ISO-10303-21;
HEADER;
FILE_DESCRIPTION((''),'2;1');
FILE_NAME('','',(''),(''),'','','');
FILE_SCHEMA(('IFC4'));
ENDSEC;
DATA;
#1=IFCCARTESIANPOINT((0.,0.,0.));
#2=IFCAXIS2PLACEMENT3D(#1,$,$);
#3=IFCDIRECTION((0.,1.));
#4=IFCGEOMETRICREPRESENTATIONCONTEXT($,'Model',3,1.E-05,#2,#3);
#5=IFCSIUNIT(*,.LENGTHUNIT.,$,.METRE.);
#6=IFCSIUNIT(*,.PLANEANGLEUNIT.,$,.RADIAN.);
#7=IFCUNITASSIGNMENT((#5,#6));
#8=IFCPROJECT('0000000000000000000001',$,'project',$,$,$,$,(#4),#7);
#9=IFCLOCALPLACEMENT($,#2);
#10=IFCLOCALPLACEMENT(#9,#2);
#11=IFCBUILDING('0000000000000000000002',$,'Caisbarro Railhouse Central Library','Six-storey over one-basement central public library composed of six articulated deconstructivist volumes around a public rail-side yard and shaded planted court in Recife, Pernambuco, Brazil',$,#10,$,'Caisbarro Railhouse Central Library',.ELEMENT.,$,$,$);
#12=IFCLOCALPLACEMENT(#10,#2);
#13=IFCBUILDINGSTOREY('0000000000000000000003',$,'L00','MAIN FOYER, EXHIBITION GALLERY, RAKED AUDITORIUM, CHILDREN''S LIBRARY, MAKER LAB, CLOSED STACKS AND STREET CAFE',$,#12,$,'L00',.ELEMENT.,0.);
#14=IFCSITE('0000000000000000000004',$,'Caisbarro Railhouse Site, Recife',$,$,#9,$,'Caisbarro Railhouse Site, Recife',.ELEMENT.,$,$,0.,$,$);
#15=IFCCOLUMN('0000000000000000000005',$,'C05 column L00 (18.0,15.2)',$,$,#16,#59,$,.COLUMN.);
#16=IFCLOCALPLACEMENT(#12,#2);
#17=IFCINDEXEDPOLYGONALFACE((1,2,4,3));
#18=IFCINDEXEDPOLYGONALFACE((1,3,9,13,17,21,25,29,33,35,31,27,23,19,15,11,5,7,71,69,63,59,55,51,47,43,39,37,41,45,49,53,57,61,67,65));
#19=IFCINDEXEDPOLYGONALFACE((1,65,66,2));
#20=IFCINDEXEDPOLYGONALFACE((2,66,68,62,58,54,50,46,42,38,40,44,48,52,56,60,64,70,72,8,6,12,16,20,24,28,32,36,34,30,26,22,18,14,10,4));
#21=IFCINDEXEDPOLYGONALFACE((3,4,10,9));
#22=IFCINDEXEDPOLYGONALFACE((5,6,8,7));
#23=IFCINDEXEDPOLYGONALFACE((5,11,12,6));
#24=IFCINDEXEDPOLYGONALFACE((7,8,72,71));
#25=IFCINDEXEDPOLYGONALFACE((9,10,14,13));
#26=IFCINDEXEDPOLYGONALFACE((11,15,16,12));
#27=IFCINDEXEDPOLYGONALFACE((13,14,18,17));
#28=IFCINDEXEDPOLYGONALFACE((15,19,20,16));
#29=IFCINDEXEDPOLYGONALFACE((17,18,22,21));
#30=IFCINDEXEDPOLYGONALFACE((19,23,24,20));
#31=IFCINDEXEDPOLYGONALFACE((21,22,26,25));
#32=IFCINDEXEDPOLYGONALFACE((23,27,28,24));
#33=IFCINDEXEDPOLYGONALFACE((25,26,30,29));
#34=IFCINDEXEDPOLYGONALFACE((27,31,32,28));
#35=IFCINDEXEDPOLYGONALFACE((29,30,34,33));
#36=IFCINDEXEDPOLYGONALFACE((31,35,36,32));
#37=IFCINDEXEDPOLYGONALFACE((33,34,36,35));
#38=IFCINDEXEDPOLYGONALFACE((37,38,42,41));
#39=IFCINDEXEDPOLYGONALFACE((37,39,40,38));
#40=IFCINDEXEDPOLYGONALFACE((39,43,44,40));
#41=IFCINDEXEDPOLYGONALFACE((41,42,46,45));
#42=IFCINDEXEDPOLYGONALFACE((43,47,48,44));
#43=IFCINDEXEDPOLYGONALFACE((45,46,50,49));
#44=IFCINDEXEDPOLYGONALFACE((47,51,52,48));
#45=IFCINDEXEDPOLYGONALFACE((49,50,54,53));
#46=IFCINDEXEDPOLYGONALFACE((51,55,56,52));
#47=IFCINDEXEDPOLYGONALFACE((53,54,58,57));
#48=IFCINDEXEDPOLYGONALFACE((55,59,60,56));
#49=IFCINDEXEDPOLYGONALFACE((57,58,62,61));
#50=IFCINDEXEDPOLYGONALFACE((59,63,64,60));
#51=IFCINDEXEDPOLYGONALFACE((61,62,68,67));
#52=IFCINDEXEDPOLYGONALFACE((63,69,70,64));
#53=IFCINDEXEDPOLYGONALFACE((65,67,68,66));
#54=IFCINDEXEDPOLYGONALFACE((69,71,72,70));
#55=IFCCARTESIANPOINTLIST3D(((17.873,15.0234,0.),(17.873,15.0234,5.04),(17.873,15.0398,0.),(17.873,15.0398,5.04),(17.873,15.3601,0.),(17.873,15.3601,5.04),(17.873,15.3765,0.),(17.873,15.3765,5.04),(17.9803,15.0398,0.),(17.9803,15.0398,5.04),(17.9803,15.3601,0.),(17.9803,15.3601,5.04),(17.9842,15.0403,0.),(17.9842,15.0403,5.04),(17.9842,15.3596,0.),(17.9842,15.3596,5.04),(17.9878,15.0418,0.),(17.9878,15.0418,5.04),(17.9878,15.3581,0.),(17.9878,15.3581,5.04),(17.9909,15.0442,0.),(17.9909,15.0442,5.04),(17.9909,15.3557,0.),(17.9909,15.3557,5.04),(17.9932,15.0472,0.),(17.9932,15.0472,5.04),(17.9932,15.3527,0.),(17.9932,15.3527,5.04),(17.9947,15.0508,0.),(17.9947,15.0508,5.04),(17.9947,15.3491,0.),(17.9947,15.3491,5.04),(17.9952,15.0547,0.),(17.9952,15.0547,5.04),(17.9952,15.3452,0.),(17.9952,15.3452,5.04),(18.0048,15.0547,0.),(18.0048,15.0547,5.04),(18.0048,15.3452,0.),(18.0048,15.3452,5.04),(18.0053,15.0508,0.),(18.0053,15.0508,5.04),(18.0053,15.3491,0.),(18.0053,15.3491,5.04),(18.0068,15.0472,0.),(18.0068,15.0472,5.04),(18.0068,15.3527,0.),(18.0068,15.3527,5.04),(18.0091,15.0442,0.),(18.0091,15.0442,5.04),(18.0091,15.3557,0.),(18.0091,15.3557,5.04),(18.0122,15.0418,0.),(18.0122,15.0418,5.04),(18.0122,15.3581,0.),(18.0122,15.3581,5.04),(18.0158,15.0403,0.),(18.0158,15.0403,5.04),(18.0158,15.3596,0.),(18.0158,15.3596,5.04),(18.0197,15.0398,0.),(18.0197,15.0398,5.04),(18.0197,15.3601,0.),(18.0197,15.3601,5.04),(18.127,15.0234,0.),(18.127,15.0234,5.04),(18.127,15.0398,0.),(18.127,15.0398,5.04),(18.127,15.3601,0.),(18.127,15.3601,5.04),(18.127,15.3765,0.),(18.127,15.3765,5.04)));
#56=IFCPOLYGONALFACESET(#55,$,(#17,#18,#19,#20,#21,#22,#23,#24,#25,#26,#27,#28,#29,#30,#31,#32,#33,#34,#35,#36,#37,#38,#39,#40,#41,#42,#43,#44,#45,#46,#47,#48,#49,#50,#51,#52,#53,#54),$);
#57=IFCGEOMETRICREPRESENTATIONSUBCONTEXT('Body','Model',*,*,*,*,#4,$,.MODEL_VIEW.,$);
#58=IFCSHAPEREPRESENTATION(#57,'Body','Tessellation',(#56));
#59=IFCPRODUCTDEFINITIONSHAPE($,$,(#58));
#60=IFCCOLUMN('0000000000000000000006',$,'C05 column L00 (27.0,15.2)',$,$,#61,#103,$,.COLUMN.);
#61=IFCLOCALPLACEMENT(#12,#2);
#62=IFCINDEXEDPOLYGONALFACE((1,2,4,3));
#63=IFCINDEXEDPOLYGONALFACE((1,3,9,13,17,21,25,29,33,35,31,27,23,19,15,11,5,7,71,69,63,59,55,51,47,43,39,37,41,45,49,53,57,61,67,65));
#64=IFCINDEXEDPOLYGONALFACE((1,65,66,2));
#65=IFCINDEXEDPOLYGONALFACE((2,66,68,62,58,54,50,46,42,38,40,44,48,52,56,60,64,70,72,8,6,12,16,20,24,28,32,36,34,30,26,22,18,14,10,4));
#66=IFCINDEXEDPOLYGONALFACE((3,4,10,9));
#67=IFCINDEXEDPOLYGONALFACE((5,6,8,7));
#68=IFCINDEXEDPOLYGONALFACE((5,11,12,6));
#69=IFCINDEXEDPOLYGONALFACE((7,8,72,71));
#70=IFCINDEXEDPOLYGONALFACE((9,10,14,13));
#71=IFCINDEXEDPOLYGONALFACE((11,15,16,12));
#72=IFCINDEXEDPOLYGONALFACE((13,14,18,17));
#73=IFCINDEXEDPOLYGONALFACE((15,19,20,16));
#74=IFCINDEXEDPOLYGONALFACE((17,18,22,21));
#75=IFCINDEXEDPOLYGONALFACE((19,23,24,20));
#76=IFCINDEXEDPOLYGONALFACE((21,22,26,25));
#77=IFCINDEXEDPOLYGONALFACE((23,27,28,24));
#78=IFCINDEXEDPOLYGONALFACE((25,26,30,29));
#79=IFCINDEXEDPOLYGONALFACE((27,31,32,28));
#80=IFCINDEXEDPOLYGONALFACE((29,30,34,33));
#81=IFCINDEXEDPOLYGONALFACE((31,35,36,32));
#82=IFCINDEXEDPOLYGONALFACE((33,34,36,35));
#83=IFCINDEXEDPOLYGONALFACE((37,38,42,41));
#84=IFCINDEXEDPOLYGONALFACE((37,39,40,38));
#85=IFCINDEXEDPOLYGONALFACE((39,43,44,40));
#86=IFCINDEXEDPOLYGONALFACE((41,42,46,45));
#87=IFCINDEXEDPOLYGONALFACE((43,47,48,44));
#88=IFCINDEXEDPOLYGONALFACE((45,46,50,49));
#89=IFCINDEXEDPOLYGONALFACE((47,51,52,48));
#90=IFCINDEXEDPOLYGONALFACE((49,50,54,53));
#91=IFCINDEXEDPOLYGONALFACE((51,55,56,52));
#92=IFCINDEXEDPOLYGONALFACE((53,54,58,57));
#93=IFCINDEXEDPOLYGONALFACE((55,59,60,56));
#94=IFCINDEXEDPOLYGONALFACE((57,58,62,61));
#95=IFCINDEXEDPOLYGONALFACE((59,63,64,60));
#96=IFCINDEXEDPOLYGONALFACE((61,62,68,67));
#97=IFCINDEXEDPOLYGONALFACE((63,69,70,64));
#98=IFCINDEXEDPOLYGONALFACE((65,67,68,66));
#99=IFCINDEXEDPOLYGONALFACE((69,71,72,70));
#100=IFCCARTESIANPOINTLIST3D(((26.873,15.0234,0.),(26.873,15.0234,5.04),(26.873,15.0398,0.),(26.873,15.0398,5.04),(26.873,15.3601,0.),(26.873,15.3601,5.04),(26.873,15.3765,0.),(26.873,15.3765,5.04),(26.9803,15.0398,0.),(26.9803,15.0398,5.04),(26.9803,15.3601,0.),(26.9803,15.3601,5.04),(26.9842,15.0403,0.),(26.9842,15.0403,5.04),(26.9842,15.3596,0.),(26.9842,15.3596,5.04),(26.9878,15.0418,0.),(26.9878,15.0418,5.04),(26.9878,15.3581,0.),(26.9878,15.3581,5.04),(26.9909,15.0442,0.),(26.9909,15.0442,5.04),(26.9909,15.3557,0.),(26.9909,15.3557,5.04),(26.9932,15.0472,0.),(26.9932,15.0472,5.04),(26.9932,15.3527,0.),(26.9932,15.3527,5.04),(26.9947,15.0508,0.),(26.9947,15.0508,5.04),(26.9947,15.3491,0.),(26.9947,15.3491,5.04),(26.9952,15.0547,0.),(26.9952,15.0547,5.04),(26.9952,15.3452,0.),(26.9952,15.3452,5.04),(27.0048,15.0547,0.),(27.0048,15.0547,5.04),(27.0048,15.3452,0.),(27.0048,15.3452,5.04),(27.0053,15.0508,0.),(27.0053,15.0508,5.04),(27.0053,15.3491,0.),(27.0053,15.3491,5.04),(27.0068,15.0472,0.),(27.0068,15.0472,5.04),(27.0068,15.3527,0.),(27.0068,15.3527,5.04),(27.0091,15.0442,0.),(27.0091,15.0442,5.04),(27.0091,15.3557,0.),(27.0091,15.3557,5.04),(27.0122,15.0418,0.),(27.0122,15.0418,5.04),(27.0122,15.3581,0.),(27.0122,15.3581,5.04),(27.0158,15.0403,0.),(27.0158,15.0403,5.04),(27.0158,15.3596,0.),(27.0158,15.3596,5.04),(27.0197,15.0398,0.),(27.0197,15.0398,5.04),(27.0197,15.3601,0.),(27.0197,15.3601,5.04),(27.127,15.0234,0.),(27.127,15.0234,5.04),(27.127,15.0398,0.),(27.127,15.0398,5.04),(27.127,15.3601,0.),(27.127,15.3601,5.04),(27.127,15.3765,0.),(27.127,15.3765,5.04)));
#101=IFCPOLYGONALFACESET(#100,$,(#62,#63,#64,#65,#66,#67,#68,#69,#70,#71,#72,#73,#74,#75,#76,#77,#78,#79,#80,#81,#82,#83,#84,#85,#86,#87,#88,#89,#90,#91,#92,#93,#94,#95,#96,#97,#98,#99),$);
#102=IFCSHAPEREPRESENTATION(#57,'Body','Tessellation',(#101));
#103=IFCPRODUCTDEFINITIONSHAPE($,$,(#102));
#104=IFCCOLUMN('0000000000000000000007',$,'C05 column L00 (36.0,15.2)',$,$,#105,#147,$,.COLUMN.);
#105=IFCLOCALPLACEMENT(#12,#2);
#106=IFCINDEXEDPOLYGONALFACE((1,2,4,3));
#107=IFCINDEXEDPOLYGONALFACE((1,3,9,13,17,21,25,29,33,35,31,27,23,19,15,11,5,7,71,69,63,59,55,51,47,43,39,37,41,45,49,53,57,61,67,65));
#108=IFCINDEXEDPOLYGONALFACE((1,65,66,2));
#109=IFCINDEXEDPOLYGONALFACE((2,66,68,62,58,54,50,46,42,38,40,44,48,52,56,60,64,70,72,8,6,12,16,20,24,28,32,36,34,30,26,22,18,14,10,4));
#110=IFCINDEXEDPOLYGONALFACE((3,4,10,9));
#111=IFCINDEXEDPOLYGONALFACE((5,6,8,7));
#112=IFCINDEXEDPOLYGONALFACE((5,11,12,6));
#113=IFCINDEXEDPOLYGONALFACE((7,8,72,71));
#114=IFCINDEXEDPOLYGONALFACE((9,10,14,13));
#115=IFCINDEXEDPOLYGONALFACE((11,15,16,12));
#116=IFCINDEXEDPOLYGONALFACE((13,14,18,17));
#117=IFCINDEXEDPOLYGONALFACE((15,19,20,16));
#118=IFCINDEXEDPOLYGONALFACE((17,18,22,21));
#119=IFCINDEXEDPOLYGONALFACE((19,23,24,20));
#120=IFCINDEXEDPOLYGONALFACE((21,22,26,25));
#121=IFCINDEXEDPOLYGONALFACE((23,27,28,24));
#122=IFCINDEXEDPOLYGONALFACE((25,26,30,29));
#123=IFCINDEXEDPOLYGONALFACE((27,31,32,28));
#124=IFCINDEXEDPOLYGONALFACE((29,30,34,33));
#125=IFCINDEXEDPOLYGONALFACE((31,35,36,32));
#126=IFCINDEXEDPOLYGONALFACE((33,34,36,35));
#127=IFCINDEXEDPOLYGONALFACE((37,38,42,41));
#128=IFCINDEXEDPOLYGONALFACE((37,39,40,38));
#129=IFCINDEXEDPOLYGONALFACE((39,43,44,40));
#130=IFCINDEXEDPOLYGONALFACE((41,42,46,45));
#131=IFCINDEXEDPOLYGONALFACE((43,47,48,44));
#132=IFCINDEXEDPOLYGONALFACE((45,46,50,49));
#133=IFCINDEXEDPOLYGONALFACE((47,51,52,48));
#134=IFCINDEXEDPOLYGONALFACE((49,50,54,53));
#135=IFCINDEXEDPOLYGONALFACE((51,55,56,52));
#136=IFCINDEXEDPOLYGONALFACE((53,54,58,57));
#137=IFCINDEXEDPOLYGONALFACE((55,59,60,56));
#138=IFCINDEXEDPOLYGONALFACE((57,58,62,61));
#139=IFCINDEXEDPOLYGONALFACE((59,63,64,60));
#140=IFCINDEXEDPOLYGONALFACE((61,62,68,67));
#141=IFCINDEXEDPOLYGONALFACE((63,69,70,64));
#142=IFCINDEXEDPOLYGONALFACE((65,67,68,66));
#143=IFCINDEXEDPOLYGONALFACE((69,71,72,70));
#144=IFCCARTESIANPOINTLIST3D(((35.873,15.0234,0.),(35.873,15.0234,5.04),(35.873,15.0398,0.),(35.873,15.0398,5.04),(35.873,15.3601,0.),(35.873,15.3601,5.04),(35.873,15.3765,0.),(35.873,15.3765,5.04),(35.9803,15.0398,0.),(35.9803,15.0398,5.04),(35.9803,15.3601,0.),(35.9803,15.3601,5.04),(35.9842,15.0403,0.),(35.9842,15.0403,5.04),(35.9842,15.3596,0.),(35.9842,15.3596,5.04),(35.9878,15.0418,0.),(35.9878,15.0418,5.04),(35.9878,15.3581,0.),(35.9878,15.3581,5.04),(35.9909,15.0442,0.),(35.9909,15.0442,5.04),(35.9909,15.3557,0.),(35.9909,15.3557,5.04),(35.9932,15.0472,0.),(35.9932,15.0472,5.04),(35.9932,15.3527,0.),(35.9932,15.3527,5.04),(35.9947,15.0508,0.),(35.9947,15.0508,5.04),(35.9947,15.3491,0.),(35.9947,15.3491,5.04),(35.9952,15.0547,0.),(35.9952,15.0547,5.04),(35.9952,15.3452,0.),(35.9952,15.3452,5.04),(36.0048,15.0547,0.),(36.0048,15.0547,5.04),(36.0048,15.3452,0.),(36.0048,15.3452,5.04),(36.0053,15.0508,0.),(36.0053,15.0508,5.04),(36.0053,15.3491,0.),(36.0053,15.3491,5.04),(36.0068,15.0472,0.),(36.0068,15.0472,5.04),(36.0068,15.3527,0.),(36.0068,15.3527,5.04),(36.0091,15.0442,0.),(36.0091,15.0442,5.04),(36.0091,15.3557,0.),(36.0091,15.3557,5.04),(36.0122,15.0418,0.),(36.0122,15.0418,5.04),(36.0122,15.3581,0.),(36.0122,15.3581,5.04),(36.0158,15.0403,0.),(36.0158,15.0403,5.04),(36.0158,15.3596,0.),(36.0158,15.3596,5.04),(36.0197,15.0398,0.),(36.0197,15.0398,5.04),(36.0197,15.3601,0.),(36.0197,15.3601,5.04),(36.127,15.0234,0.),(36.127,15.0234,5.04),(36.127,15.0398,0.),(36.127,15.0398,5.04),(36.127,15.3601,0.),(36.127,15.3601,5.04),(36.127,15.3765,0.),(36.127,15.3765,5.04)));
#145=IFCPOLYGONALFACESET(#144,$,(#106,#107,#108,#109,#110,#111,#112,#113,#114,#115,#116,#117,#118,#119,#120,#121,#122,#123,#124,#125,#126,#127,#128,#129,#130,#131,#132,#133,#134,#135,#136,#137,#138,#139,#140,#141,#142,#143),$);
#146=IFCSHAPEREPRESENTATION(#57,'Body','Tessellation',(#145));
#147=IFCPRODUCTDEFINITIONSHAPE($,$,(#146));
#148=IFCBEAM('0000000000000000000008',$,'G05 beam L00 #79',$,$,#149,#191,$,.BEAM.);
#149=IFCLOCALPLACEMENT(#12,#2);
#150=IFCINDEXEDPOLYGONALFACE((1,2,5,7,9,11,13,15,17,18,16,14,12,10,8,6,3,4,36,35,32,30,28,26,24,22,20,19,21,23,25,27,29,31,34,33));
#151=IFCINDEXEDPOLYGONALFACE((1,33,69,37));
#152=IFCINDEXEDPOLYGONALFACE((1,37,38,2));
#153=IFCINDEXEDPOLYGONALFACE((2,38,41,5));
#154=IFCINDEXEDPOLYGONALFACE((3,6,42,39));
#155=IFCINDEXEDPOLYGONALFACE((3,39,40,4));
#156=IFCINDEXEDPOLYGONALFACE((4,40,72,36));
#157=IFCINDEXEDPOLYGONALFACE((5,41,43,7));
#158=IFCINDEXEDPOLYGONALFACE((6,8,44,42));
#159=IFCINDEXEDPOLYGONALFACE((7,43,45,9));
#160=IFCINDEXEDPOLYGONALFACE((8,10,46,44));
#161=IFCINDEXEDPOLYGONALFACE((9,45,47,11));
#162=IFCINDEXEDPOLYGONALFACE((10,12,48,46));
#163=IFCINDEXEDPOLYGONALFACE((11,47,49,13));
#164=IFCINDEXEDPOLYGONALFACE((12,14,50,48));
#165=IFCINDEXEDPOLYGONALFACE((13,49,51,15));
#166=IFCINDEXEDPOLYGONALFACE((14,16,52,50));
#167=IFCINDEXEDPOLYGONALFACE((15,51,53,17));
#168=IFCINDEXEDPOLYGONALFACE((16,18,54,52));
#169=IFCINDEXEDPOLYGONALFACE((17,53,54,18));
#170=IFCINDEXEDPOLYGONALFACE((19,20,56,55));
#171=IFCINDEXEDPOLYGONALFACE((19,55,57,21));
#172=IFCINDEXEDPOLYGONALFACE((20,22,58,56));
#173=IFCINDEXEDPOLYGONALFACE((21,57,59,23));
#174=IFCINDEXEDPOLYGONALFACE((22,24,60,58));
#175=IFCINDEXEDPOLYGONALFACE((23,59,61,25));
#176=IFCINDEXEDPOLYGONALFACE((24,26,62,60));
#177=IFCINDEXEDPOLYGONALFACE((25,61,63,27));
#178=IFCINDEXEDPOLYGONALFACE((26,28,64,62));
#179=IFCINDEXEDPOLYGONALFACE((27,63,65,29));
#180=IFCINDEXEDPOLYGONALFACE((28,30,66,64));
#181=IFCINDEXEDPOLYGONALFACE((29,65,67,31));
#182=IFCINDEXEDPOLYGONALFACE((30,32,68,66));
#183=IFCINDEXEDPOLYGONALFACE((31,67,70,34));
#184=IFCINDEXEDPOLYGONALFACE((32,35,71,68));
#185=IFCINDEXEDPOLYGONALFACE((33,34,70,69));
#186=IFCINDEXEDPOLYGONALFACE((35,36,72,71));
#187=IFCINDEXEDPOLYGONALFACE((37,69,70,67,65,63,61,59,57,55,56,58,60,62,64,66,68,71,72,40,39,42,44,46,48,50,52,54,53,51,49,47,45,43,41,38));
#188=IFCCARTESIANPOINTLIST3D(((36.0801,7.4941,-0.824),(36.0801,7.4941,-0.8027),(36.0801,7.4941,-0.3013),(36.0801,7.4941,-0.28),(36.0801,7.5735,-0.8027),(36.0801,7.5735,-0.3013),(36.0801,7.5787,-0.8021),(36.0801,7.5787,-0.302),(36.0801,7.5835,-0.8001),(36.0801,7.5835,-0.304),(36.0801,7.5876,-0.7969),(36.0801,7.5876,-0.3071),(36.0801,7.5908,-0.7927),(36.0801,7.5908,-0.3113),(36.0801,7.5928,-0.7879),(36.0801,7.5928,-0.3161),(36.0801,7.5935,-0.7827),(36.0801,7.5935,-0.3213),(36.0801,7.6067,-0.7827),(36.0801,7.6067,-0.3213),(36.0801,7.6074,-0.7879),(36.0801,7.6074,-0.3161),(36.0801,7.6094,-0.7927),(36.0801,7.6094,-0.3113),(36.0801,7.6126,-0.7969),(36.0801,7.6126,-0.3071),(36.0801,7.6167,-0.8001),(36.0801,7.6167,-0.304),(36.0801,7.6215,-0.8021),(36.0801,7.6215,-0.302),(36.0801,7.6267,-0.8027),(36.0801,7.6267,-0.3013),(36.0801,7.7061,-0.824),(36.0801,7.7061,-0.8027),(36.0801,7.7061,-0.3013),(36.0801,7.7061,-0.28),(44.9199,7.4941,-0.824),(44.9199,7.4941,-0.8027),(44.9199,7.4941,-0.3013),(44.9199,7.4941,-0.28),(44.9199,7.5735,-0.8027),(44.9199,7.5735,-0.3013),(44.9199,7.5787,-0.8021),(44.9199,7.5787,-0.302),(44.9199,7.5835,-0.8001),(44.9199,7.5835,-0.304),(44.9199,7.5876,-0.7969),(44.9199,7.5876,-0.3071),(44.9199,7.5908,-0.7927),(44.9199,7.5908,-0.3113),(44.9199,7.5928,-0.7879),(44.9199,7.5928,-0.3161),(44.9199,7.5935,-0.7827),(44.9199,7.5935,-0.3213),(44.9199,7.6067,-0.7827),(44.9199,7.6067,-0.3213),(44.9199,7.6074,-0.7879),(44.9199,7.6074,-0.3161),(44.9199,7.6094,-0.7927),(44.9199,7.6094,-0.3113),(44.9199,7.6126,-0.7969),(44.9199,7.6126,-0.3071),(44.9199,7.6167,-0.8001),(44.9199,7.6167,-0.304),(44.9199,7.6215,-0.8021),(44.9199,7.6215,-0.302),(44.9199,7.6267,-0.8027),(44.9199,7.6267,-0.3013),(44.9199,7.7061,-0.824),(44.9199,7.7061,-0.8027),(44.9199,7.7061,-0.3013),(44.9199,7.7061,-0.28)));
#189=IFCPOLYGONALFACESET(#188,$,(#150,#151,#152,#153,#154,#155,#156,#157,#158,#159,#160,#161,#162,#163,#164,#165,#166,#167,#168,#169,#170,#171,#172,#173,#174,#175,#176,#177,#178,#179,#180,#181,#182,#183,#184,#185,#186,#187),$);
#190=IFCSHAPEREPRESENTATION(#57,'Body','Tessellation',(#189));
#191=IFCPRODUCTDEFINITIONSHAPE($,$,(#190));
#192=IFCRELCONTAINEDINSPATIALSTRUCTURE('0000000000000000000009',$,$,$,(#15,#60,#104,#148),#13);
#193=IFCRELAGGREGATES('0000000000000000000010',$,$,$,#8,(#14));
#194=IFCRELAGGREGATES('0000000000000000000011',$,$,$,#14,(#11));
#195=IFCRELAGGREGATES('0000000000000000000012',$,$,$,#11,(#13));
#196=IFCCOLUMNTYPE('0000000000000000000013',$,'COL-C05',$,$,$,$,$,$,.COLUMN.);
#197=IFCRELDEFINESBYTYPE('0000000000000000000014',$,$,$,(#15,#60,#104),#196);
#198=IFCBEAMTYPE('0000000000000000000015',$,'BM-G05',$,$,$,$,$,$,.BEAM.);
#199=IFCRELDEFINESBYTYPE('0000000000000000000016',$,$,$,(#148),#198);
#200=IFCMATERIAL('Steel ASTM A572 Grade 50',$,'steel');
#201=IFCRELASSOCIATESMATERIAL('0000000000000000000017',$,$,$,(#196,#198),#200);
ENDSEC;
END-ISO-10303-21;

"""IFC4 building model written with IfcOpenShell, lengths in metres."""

from ifc_helpers import new_model, si_unit, direction, frame, origin, origin_2d, place, context, subcontext, project, spatial, i_section, extrude, material, material_profile, profile_set, type_object, element, save


model = new_model("IFC4")

# Units and contexts
model_context = context("Model", 3, precision=1e-05, world=origin(), true_north=direction((0.0, 1.0)))
body_context = subcontext(model_context, "Body", "Model", "MODEL_VIEW")
ifc_project = project(units=[si_unit("LENGTHUNIT", "METRE"), si_unit("PLANEANGLEUNIT", "RADIAN")], contexts=[model_context])

# Site, building, storey
site_placement = place(None, origin())
site = spatial("IfcSite", under=ifc_project, at=site_placement, Name="Caisbarro Railhouse Site, Recife", LongName="Caisbarro Railhouse Site, Recife", CompositionType="ELEMENT", RefElevation=0.0)
building_placement = place(site_placement, origin())
building = spatial("IfcBuilding", under=site, at=building_placement, Name="Caisbarro Railhouse Central Library", Description="Six-storey over one-basement central public library composed of six articulated deconstructivist volumes around a public rail-side yard and shaded planted court in Recife, Pernambuco, Brazil", LongName="Caisbarro Railhouse Central Library", CompositionType="ELEMENT")
storey_placement = place(building_placement, origin())
storey = spatial("IfcBuildingStorey", under=building, at=storey_placement, Name="L00", Description="MAIN FOYER, EXHIBITION GALLERY, RAKED AUDITORIUM, CHILDREN'S LIBRARY, MAKER LAB, CLOSED STACKS AND STREET CAFE", LongName="L00", CompositionType="ELEMENT", Elevation=0.0)

# Columns
ifc_material_1 = material(Name="Steel ASTM A572 Grade 50", Category="steel")
ifc_material_profile_1 = material_profile(ifc_material_1, i_section(OverallWidth=0.2539, OverallDepth=0.353, WebThickness=0.0095, FlangeThickness=0.0164, FilletRadius=0.0149, at=origin_2d()), Name="W360X91.0")
ifc_profile_set_1 = profile_set([ifc_material_profile_1], Name="Steel ASTM A572 Grade 50")
column_type = type_object("IfcColumnType", Name="COL-C05", PredefinedType="COLUMN", material=ifc_profile_set_1)
for number, where, z_axis, x_axis, name in (
    (1, (18.0, 15.2, 0.0), (0.0, 0.0, 1.0), (1.0, 0.0, 0.0), "C05 column L00 (18.0,15.2)"),
    (2, (27.0, 15.2, 0.0), (0.0, 0.0, 1.0), (1.0, 0.0, 0.0), "C05 column L00 (27.0,15.2)"),
    (3, (36.0, 15.2, 0.0), (0.0, 0.0, 1.0), (1.0, 0.0, 0.0), "C05 column L00 (36.0,15.2)"),
):
    element("IfcColumn", number, at=place(storey_placement, frame(where, z_axis=z_axis, x_axis=x_axis)), inside=storey, type_object=column_type, Name=name, PredefinedType="COLUMN", context=body_context, shape_type="SweptSolid", body=[
        extrude(i_section(OverallWidth=0.2539, OverallDepth=0.353, WebThickness=0.0095, FlangeThickness=0.0164, FilletRadius=0.0149, at=origin_2d()), origin(), (0.0, 0.0, 1.0), 5.04),
    ])

# Beam
ifc_material_profile_2 = material_profile(ifc_material_1, i_section(OverallWidth=0.2119, OverallDepth=0.5439, WebThickness=0.0132, FlangeThickness=0.0212, FilletRadius=0.02, at=origin_2d()), Name="W530X123.0")
ifc_profile_set_2 = profile_set([ifc_material_profile_2], Name="Steel ASTM A572 Grade 50")
beam_type_1 = type_object("IfcBeamType", Name="BM-G05", PredefinedType="BEAM", material=ifc_profile_set_2)
for number, where, z_axis, x_axis, name in (
    (4, (36.0801, 7.6001, -0.552), (1.0, 0.0, 0.0), (0.0, 1.0, 0.0), "G05 beam L00 #79"),
):
    element("IfcBeam", number, at=place(storey_placement, frame(where, z_axis=z_axis, x_axis=x_axis)), inside=storey, type_object=beam_type_1, Name=name, PredefinedType="BEAM", context=body_context, shape_type="SweptSolid", body=[
        extrude(i_section(OverallWidth=0.2119, OverallDepth=0.5439, WebThickness=0.0132, FlangeThickness=0.0212, FilletRadius=0.02, at=origin_2d()), origin(), (0.0, 0.0, 1.0), 8.8398),
    ])

save(model, "model.ifc")
